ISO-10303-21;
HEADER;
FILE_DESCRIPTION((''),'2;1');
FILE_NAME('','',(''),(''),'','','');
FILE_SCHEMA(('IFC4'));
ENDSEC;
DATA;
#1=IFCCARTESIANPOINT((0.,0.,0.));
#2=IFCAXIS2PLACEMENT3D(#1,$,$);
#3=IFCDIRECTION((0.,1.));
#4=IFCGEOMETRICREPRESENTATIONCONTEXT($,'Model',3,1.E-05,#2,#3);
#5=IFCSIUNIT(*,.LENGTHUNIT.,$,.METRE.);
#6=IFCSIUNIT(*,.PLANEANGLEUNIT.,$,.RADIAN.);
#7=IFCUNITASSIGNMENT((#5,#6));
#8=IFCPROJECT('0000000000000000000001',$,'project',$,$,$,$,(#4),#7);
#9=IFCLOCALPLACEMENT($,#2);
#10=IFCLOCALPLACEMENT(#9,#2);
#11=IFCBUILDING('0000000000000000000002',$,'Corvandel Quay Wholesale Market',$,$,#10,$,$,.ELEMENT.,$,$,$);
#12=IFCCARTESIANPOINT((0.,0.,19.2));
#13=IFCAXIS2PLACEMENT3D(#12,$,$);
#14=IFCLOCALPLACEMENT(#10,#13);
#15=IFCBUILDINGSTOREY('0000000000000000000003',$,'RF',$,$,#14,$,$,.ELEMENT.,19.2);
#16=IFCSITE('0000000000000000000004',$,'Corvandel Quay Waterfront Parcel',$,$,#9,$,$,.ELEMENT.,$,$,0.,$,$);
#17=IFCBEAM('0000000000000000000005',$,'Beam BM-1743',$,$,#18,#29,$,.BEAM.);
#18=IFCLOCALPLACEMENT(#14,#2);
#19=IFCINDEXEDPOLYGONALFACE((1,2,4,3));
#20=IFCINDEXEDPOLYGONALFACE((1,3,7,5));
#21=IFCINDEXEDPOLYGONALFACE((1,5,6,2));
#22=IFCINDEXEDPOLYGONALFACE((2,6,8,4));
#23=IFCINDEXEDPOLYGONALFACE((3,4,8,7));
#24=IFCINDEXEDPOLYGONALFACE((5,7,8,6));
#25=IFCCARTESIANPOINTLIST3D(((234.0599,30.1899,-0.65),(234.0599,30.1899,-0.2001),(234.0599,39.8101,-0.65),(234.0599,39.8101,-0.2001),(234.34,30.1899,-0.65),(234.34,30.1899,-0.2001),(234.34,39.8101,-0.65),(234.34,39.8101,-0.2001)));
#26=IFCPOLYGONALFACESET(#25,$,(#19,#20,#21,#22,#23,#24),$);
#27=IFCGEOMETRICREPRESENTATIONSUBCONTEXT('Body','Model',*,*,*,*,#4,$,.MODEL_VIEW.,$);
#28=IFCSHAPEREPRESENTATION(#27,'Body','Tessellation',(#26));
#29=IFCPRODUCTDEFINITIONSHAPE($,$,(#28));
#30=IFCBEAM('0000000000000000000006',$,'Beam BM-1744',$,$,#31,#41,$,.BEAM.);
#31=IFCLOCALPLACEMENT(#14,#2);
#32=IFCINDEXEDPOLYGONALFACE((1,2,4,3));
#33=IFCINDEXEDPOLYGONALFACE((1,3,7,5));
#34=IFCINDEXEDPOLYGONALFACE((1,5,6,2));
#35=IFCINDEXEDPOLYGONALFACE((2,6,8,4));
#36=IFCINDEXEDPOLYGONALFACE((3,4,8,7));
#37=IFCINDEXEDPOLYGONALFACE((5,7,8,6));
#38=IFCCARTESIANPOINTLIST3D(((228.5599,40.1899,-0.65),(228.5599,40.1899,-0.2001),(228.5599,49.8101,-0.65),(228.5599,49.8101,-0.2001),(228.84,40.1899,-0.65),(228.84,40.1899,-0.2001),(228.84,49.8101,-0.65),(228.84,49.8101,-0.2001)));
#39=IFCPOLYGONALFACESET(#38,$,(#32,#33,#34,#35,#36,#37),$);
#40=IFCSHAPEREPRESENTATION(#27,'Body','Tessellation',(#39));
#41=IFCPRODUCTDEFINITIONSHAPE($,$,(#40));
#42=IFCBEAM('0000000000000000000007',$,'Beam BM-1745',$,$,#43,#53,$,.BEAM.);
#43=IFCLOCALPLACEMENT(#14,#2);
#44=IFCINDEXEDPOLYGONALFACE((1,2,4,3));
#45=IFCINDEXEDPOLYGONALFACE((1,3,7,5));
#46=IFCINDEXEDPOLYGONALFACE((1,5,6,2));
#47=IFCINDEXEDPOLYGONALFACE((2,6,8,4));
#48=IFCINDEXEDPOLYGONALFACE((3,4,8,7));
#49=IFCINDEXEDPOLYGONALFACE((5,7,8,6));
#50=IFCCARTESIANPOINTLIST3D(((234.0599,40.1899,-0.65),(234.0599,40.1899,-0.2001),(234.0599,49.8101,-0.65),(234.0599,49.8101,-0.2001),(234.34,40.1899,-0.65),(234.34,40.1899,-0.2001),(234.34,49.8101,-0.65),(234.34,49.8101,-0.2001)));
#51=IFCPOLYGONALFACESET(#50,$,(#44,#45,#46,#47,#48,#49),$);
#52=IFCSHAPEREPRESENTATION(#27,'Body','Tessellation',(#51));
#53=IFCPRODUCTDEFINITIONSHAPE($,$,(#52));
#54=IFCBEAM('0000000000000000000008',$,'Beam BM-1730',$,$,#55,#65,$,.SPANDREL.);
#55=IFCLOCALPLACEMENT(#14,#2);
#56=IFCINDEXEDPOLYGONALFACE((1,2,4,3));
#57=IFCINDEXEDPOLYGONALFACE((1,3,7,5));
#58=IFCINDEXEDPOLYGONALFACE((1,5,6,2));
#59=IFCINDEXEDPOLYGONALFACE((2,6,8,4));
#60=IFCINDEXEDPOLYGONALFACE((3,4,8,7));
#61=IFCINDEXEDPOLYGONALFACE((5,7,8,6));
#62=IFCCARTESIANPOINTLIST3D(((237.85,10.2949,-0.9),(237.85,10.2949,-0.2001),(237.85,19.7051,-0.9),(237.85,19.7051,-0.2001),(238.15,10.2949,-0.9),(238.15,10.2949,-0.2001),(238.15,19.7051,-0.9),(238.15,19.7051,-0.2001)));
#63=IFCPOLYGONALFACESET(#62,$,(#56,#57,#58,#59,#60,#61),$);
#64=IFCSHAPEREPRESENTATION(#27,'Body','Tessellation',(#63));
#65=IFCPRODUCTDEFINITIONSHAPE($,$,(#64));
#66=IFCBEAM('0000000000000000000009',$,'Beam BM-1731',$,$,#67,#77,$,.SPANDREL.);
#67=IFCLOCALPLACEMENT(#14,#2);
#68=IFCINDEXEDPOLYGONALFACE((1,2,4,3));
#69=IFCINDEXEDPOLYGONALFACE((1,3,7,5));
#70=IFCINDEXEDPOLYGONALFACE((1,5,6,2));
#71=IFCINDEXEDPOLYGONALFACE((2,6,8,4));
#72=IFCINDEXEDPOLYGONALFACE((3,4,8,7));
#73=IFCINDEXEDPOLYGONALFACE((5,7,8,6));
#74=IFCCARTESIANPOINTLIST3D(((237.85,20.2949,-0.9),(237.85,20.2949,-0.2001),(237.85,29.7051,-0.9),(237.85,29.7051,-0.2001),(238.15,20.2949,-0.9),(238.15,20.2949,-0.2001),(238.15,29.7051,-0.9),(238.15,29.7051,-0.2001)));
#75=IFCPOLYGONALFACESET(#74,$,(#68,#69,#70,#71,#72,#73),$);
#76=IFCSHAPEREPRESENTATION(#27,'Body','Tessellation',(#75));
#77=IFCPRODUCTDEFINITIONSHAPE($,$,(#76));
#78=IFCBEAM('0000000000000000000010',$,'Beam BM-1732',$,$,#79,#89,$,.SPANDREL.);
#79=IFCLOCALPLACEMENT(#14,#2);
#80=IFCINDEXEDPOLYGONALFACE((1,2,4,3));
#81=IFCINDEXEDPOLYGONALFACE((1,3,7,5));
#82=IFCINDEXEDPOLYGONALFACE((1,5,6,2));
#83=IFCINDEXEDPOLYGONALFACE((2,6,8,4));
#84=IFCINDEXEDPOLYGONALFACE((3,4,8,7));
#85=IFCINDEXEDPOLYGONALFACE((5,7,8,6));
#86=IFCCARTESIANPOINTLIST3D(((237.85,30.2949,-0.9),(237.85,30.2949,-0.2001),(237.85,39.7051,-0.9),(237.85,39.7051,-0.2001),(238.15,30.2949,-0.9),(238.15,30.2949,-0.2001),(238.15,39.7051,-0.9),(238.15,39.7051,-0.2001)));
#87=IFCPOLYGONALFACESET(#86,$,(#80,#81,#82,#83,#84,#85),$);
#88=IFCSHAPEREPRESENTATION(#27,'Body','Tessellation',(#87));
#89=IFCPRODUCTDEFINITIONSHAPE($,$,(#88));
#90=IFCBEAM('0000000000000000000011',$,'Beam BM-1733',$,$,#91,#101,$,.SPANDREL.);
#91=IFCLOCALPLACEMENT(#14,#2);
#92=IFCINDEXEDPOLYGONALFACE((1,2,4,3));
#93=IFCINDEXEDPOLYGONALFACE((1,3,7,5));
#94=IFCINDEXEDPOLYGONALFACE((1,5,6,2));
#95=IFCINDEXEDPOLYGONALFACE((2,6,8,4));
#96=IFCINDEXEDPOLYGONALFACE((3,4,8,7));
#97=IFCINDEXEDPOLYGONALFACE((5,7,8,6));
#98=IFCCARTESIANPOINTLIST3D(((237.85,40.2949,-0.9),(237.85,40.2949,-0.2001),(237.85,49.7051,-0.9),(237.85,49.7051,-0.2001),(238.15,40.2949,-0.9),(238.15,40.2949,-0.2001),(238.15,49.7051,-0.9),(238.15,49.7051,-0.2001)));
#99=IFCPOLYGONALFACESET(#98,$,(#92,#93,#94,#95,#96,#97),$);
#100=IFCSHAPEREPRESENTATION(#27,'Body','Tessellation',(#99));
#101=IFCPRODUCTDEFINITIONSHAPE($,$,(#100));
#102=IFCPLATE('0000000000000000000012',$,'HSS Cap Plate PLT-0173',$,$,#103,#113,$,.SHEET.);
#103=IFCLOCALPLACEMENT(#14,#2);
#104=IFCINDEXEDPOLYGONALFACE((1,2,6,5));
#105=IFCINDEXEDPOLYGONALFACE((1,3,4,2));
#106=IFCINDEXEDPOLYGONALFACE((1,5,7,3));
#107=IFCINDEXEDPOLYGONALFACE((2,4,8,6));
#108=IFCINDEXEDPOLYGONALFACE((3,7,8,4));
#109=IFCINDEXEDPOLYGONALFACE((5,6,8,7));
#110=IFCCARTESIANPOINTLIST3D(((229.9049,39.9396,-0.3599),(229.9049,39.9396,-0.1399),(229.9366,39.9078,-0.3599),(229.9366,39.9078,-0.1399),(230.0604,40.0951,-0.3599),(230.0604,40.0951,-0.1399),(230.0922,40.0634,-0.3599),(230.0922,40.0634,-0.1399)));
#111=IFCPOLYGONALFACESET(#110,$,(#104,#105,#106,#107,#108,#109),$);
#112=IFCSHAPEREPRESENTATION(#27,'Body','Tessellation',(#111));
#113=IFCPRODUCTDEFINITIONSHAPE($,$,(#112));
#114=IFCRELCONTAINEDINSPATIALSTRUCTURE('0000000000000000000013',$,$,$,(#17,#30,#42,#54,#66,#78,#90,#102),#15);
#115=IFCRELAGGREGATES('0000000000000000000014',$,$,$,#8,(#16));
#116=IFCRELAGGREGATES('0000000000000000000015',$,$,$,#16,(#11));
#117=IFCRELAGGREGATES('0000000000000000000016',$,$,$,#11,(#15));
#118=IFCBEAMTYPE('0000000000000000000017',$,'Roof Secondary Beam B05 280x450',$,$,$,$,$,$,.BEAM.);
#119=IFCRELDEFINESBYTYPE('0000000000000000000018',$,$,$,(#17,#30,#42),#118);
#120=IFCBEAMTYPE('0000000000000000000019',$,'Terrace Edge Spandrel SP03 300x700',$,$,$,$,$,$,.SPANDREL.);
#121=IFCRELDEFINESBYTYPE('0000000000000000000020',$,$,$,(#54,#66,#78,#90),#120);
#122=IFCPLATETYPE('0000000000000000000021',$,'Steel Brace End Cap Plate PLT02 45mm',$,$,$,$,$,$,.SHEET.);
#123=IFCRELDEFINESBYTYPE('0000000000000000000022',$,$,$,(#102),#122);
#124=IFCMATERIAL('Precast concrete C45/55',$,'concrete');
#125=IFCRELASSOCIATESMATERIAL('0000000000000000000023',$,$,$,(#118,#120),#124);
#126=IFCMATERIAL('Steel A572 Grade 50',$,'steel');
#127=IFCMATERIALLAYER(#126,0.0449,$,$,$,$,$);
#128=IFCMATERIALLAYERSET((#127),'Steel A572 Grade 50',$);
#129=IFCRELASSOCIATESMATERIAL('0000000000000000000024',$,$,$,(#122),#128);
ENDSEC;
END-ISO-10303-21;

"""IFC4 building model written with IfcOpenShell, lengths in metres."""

from ifc_helpers import new_model, si_unit, direction, frame, origin, origin_2d, place, context, subcontext, project, spatial, rectangle, extrude, material, layer, layer_set, material_profile, profile_set, type_object, element, save


model = new_model("IFC4")

# Units and contexts
model_context = context("Model", 3, precision=1e-05, world=origin(), true_north=direction((0.0, 1.0)))
body_context = subcontext(model_context, "Body", "Model", "MODEL_VIEW")
ifc_project = project(units=[si_unit("LENGTHUNIT", "METRE"), si_unit("PLANEANGLEUNIT", "RADIAN")], contexts=[model_context])

# Site, building, storey
site_placement = place(None, origin())
site = spatial("IfcSite", under=ifc_project, at=site_placement, Name="Corvandel Quay Waterfront Parcel", CompositionType="ELEMENT", RefElevation=0.0)
building_placement = place(site_placement, origin())
building = spatial("IfcBuilding", under=site, at=building_placement, Name="Corvandel Quay Wholesale Market", CompositionType="ELEMENT")
storey_placement = place(building_placement, frame((0.0, 0.0, 19.2)))
storey = spatial("IfcBuildingStorey", under=building, at=storey_placement, Name="RF", CompositionType="ELEMENT", Elevation=19.2)

# Beams
ifc_material_1 = material(Name="Precast concrete C45/55", Category="concrete")
ifc_material_profile_1 = material_profile(ifc_material_1, rectangle(XDim=0.28, YDim=0.45, at=origin_2d()), Name="PC-BM-280x450")
ifc_profile_set_1 = profile_set([ifc_material_profile_1], Name="Precast concrete C45/55")
beam_type_1 = type_object("IfcBeamType", Name="Roof Secondary Beam B05 280x450", PredefinedType="BEAM", material=ifc_profile_set_1)
for number, where, z_axis, x_axis, name in (
    (1, (234.2, 30.1899, -0.425), (0.0, 1.0, 0.0), (-1.0, 0.0, 0.0), "Beam BM-1743"),
    (2, (228.7, 40.1899, -0.425), (0.0, 1.0, 0.0), (-1.0, 0.0, 0.0), "Beam BM-1744"),
    (3, (234.2, 40.1899, -0.425), (0.0, 1.0, 0.0), (-1.0, 0.0, 0.0), "Beam BM-1745"),
):
    element("IfcBeam", number, at=place(storey_placement, frame(where, z_axis=z_axis, x_axis=x_axis)), inside=storey, type_object=beam_type_1, Name=name, PredefinedType="BEAM", context=body_context, shape_type="SweptSolid", body=[
        extrude(rectangle(XDim=0.28, YDim=0.45, at=origin_2d()), origin(), (0.0, 0.0, 1.0), 9.6201),
    ])
ifc_material_profile_2 = material_profile(ifc_material_1, rectangle(XDim=0.3, YDim=0.7, at=origin_2d()), Name="PC-SPN-300x700")
ifc_profile_set_2 = profile_set([ifc_material_profile_2], Name="Precast concrete C45/55")
beam_type_2 = type_object("IfcBeamType", Name="Terrace Edge Spandrel SP03 300x700", PredefinedType="SPANDREL", material=ifc_profile_set_2)
for number, where, z_axis, x_axis, name in (
    (4, (238.0, 10.2949, -0.55), (0.0, 1.0, 0.0), (-1.0, 0.0, 0.0), "Beam BM-1730"),
    (5, (238.0, 20.2949, -0.55), (0.0, 1.0, 0.0), (-1.0, 0.0, 0.0), "Beam BM-1731"),
    (6, (238.0, 30.2949, -0.55), (0.0, 1.0, 0.0), (-1.0, 0.0, 0.0), "Beam BM-1732"),
    (7, (238.0, 40.2949, -0.55), (0.0, 1.0, 0.0), (-1.0, 0.0, 0.0), "Beam BM-1733"),
):
    element("IfcBeam", number, at=place(storey_placement, frame(where, z_axis=z_axis, x_axis=x_axis)), inside=storey, type_object=beam_type_2, Name=name, PredefinedType="SPANDREL", context=body_context, shape_type="SweptSolid", body=[
        extrude(rectangle(XDim=0.3, YDim=0.7, at=origin_2d()), origin(), (0.0, 0.0, 1.0), 9.4102),
    ])

# Plate
ifc_material_2 = material(Name="Steel A572 Grade 50", Category="steel")
ifc_layer = layer(ifc_material_2, 0.0449)
ifc_layer_set = layer_set([ifc_layer], Name="Steel A572 Grade 50")
plate_type = type_object("IfcPlateType", Name="Steel Brace End Cap Plate PLT02 45mm", PredefinedType="SHEET", material=ifc_layer_set)
plate_placement = place(storey_placement, frame((229.9985, 40.0015, -0.3599), z_axis=(0.0, 0.0, 1.0), x_axis=(0.707107, 0.707107, 0.0)))
element("IfcPlate", 8, at=plate_placement, inside=storey, type_object=plate_type, Name="HSS Cap Plate PLT-0173", PredefinedType="SHEET", context=body_context, shape_type="SweptSolid", body=[
    extrude(rectangle(XDim=0.22, YDim=0.0449, at=origin_2d()), origin(), (0.0, 0.0, 1.0), 0.22),
])

save(model, "model.ifc")
